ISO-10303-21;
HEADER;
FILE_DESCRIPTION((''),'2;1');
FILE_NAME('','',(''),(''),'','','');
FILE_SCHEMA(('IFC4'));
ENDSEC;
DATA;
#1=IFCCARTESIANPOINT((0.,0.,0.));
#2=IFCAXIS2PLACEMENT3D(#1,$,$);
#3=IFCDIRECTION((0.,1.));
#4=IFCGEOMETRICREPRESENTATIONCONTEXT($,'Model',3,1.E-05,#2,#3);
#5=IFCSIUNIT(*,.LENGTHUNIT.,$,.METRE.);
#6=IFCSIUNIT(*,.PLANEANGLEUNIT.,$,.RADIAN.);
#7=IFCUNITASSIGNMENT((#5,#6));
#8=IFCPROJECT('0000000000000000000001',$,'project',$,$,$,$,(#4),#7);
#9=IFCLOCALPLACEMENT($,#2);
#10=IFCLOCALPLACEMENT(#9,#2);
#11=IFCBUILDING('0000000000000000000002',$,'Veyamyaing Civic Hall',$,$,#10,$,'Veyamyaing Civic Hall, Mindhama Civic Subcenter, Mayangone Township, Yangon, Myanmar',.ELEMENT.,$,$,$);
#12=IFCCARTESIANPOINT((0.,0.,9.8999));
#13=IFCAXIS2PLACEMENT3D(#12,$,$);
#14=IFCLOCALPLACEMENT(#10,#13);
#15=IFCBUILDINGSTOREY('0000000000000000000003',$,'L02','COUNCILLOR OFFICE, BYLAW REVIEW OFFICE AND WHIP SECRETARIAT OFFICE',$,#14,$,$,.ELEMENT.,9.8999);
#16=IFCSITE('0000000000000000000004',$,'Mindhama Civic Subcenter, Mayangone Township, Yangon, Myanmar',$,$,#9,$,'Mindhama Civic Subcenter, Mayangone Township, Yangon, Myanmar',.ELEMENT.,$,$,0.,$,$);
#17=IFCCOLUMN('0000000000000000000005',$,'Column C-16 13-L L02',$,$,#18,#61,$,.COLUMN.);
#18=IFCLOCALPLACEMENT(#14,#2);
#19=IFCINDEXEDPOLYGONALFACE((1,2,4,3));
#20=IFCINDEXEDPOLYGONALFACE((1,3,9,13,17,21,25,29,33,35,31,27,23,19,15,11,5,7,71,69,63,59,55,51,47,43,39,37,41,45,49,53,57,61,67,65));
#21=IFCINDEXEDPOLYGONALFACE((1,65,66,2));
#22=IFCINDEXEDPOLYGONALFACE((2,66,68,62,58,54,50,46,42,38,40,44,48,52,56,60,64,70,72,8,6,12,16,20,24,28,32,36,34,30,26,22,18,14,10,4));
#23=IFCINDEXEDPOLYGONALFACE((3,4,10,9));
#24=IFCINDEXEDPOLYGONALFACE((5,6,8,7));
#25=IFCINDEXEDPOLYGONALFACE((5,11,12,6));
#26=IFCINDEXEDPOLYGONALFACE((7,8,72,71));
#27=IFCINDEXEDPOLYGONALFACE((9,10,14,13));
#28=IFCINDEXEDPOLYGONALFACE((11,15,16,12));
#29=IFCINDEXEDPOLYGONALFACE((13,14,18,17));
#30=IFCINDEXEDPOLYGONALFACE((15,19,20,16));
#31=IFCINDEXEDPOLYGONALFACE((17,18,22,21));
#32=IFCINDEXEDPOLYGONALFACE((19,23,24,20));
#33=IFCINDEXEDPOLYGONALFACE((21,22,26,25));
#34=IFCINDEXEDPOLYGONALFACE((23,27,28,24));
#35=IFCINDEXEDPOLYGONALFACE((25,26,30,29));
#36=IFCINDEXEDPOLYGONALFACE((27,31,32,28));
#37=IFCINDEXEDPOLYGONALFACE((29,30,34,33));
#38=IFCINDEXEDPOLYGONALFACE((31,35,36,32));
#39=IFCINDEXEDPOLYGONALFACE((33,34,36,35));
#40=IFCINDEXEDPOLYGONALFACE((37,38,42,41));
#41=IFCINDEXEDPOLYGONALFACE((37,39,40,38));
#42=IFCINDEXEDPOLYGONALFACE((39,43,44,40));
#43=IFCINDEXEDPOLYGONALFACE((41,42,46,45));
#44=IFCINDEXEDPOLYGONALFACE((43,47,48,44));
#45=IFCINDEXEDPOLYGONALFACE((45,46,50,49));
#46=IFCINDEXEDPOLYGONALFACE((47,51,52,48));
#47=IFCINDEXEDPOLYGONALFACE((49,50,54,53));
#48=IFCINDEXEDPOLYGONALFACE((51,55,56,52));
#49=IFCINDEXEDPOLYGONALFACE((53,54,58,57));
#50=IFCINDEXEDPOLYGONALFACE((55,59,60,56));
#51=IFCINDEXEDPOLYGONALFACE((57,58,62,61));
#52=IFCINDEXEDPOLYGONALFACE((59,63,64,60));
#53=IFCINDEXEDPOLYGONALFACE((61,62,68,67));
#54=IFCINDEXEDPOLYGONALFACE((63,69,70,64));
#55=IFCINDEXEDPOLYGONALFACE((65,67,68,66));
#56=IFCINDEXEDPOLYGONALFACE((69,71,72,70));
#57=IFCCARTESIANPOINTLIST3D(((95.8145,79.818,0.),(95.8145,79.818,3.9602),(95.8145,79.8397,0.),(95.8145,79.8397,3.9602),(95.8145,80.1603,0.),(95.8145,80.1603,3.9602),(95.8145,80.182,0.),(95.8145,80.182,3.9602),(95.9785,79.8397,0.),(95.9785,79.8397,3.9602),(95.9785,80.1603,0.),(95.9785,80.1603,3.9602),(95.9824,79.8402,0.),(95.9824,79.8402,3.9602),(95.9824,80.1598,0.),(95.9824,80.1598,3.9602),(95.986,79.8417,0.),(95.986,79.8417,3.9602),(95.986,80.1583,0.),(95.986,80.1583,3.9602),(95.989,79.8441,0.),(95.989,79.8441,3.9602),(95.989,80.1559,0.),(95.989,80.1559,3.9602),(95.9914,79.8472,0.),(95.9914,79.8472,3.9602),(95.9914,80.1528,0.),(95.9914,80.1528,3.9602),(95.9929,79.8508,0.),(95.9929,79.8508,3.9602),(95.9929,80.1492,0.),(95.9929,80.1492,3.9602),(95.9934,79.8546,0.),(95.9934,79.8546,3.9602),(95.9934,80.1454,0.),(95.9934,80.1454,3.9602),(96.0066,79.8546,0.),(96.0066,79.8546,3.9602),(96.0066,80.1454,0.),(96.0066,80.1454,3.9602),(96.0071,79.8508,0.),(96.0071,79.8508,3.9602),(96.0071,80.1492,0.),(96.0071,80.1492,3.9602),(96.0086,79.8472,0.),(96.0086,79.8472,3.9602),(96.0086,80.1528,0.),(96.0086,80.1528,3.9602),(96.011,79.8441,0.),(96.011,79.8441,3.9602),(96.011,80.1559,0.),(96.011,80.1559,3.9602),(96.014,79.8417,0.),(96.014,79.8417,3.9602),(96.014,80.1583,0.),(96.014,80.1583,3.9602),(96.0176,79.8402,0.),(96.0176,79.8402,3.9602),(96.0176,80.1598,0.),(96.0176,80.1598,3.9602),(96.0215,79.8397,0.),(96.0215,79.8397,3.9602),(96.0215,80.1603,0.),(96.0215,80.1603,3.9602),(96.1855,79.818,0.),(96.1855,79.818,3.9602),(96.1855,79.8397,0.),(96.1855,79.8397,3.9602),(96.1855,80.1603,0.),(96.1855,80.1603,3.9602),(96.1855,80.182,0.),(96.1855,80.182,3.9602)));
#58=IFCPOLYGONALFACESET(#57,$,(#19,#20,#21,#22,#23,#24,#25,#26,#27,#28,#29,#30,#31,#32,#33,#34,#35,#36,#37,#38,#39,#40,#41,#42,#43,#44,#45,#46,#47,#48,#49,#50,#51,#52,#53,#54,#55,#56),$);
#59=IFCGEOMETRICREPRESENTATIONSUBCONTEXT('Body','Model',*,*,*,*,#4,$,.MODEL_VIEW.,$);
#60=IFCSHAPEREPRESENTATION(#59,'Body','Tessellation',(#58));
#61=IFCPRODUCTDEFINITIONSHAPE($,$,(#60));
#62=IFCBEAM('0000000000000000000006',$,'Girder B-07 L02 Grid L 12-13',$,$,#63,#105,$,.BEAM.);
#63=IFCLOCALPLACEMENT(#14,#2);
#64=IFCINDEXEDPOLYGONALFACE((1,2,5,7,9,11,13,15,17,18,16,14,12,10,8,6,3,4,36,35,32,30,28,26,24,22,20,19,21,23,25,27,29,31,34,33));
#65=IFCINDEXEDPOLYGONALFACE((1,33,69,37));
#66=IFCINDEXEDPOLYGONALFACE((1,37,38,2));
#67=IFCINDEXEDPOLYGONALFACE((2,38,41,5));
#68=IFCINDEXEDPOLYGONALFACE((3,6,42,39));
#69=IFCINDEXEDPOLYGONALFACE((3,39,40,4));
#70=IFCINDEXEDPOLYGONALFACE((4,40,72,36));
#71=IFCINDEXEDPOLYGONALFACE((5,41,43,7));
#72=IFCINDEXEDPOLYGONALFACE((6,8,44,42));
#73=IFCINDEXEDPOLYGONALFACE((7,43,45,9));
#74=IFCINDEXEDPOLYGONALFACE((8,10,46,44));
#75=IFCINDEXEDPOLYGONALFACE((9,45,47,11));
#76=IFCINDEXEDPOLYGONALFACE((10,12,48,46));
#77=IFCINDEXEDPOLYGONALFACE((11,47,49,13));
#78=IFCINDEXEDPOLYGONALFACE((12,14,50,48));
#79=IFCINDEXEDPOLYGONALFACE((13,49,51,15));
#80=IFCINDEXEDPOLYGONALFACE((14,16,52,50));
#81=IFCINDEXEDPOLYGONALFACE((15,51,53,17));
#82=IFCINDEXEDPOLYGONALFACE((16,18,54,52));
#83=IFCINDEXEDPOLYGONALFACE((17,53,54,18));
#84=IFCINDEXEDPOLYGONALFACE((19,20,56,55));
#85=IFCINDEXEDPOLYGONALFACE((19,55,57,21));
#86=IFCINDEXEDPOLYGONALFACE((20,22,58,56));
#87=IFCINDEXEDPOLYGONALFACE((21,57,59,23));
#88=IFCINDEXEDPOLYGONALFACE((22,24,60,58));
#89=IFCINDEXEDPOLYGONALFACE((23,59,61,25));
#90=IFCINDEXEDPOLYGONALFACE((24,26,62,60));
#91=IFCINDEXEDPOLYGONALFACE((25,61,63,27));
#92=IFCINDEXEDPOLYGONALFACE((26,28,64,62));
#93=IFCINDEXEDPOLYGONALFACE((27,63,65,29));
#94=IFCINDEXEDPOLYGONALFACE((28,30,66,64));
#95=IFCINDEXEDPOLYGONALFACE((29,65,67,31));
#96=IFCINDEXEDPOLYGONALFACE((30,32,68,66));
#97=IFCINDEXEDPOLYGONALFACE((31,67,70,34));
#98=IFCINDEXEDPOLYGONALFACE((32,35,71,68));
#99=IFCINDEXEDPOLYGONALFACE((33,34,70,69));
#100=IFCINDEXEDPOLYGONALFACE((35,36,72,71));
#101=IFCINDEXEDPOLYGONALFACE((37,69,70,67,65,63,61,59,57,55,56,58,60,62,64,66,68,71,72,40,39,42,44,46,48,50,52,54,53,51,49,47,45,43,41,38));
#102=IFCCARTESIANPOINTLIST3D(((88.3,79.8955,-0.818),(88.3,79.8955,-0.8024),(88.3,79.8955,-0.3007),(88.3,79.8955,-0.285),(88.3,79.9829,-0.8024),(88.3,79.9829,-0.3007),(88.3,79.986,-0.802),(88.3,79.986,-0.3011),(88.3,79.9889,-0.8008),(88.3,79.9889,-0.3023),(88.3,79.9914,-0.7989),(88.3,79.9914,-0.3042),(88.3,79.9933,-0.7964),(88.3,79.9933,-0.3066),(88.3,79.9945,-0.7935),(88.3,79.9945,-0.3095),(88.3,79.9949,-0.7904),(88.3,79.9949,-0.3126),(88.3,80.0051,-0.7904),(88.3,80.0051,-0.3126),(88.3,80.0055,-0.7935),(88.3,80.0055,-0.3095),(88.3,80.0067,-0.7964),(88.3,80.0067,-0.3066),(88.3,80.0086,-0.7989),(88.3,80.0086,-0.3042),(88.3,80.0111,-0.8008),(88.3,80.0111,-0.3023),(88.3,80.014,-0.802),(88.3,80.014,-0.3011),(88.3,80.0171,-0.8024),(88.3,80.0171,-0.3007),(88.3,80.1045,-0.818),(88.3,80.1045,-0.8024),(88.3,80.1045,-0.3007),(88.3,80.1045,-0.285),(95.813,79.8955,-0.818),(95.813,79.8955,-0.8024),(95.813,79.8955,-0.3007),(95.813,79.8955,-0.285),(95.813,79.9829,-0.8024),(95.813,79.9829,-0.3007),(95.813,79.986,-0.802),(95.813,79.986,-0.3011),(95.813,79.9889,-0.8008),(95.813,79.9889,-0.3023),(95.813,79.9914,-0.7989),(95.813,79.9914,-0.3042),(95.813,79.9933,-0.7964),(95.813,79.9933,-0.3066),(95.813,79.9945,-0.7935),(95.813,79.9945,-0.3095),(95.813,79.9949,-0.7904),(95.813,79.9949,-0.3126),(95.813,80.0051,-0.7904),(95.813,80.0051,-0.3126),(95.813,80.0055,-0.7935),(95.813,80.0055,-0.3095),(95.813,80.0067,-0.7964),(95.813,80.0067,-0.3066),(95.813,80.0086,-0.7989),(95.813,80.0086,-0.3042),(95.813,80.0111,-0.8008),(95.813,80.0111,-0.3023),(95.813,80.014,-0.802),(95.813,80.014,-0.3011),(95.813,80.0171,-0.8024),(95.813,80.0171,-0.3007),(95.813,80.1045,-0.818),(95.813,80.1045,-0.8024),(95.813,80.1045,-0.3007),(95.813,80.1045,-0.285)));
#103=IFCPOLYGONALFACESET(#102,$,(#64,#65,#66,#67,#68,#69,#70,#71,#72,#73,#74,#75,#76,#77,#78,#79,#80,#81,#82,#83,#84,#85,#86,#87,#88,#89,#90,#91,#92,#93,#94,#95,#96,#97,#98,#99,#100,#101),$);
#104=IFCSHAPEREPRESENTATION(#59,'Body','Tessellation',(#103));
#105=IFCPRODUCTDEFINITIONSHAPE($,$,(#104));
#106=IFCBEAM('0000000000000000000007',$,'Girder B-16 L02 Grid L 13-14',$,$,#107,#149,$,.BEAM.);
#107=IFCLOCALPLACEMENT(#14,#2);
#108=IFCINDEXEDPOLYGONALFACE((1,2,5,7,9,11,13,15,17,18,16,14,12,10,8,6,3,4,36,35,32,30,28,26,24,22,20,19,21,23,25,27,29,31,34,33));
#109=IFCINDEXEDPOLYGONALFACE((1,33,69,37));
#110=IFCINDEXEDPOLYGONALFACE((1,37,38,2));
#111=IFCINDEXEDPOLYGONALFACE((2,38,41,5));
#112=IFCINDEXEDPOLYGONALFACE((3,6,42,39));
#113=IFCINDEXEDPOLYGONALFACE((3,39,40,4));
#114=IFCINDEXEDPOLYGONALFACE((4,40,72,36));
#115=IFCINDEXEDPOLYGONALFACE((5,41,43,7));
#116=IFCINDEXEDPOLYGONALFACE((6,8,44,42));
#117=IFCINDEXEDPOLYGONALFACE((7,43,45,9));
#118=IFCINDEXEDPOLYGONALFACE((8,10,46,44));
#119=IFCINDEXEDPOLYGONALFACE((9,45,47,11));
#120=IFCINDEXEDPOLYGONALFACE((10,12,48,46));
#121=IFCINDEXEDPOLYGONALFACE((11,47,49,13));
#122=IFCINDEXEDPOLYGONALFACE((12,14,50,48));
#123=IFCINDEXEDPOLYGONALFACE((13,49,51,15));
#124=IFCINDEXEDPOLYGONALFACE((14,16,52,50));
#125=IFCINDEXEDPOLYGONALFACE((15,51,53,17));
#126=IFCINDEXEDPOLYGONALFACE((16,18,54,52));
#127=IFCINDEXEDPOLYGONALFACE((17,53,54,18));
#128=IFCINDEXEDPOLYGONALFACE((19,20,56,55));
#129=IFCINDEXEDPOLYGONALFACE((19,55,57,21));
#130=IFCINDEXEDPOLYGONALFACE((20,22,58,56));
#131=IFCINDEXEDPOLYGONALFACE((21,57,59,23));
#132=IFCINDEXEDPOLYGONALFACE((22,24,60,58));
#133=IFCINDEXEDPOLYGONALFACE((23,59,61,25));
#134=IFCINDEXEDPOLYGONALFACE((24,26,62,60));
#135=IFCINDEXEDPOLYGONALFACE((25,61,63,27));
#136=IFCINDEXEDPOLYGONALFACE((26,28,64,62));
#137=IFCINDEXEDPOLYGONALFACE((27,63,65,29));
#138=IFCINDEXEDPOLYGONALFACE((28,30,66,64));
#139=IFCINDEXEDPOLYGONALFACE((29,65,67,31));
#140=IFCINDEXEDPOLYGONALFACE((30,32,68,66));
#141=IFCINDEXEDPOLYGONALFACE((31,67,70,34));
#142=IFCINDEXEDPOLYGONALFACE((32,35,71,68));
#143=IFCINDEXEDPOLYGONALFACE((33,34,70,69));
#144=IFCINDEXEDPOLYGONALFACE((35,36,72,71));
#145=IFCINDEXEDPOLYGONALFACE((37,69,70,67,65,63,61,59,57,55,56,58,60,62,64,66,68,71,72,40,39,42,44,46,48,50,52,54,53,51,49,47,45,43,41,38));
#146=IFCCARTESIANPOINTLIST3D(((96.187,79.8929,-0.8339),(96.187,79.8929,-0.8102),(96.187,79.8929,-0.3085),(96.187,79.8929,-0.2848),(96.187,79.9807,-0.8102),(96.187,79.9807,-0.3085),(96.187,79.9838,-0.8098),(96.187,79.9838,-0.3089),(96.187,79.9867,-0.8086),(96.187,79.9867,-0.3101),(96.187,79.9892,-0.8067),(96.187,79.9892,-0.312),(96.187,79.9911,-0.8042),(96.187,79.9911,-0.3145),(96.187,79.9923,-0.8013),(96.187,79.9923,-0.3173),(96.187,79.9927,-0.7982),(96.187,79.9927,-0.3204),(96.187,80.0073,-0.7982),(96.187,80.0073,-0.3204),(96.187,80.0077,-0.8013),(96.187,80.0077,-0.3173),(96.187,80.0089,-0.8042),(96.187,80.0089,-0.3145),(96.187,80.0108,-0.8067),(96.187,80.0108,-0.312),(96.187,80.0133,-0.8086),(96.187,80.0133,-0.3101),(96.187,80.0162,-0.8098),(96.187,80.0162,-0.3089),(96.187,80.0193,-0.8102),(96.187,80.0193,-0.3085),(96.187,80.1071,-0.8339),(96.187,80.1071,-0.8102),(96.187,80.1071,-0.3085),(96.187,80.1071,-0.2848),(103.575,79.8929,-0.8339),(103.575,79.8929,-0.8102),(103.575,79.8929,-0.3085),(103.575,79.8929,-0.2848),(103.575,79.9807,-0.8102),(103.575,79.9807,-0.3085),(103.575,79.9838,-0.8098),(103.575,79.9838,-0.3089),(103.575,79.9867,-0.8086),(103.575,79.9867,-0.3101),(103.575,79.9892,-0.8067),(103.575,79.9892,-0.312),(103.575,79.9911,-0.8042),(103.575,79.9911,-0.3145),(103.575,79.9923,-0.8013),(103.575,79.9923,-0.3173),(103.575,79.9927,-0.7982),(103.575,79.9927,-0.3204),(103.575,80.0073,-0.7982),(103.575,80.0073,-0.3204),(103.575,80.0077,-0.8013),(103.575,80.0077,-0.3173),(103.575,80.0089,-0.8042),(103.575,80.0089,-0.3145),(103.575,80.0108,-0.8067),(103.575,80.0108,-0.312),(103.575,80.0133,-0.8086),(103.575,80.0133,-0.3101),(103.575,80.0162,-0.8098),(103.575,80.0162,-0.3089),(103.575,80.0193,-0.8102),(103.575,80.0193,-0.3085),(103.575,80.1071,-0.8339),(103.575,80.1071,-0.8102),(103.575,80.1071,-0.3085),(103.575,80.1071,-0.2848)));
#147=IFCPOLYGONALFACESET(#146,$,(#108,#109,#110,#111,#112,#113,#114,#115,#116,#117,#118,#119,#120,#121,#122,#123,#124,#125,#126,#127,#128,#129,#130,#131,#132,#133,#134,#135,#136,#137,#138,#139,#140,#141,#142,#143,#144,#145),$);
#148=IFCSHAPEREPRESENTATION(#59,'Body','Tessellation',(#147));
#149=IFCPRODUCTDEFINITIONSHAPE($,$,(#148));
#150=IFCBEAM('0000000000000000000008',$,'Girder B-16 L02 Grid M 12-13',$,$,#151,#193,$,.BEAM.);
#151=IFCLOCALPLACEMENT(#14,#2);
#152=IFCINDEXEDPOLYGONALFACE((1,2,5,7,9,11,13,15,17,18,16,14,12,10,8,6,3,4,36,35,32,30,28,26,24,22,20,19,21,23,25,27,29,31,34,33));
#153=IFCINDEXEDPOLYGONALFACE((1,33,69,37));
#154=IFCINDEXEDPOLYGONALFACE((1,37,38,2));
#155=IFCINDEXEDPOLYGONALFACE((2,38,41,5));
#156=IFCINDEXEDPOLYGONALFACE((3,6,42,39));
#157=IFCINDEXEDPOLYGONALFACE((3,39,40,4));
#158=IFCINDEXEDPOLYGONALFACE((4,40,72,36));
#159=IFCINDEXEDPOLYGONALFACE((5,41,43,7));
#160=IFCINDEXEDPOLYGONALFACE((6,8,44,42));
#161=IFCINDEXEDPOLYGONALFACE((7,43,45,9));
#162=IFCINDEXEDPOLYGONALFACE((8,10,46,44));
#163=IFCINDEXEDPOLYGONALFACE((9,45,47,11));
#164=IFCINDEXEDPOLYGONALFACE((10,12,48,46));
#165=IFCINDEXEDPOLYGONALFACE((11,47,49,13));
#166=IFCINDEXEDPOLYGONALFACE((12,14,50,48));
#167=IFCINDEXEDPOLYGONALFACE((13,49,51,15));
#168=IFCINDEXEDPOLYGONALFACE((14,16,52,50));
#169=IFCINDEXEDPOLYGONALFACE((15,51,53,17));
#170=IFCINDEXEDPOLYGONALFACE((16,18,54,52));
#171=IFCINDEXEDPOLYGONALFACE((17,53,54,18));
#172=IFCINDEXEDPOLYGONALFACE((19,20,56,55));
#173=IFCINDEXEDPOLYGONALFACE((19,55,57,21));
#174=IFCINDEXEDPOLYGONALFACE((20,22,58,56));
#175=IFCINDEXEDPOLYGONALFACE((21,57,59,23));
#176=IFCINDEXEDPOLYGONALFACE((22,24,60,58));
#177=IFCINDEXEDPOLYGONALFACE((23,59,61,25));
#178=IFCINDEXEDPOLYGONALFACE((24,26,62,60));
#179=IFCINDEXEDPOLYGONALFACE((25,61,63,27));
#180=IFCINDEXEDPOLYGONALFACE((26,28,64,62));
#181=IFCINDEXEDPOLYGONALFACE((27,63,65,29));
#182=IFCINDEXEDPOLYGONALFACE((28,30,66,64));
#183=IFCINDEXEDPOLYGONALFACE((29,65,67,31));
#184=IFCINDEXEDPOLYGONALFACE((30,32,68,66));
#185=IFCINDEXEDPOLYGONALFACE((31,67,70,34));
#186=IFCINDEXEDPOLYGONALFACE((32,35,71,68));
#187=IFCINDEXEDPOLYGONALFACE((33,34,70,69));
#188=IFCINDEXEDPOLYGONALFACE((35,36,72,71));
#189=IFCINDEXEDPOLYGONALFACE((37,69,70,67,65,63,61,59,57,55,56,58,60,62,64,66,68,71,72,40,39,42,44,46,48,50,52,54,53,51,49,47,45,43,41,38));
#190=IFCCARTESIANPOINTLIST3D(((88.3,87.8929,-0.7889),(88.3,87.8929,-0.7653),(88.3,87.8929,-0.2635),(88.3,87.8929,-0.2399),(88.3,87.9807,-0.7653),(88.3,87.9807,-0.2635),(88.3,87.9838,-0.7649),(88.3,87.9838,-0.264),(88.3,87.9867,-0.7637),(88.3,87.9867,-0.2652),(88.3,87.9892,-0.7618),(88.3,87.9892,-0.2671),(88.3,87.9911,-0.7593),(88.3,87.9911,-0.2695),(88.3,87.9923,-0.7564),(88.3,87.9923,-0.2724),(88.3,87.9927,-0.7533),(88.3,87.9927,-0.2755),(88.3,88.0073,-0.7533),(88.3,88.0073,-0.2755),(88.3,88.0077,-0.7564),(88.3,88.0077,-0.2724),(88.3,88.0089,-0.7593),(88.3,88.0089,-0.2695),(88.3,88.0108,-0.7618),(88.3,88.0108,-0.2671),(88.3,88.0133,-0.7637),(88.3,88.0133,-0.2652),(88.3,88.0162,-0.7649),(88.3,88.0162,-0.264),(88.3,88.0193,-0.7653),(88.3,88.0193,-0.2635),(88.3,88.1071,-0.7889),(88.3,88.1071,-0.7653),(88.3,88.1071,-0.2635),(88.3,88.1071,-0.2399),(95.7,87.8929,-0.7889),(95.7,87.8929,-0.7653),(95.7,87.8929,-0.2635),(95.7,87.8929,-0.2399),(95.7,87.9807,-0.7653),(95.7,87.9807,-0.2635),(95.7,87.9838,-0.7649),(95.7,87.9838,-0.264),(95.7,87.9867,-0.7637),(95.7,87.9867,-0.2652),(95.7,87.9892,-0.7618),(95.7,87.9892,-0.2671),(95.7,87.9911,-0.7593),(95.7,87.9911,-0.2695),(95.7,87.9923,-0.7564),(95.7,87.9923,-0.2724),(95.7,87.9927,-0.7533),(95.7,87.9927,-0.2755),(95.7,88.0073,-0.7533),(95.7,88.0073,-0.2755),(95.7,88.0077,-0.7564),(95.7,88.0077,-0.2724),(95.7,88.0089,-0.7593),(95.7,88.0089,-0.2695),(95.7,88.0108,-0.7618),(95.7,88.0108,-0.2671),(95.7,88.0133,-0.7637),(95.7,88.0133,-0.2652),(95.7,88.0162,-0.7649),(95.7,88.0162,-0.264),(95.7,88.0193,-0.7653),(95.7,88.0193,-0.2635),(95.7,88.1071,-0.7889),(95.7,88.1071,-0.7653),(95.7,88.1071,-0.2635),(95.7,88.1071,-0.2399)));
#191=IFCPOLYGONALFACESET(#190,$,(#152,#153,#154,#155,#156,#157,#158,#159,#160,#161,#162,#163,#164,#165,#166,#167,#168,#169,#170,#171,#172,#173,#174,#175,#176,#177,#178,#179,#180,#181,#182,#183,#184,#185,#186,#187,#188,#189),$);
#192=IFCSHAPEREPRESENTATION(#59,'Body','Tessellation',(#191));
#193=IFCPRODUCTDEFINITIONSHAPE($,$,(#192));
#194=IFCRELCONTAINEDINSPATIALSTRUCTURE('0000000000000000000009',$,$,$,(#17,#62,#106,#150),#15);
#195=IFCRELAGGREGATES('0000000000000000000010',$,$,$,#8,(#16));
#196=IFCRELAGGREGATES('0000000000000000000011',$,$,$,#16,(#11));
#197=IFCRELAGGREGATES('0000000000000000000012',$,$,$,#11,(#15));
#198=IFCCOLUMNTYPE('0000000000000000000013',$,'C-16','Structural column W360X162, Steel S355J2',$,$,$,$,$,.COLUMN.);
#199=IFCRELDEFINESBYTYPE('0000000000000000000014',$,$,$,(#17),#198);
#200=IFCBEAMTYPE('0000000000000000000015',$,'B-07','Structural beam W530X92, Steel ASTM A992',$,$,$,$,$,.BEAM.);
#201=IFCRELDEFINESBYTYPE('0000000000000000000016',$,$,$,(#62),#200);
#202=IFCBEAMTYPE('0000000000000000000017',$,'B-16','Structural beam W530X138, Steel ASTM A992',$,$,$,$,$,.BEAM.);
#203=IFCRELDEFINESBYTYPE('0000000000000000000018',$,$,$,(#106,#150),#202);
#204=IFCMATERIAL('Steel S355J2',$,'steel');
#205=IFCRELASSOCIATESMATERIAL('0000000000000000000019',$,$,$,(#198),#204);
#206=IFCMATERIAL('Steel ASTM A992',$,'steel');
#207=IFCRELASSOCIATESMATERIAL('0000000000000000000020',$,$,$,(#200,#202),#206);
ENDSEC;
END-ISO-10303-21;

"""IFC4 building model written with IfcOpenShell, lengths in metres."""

from ifc_helpers import new_model, si_unit, direction, frame, origin, origin_2d, place, context, subcontext, project, spatial, i_section, extrude, material, material_profile, profile_set, type_object, element, save


model = new_model("IFC4")

# Units and contexts
model_context = context("Model", 3, precision=1e-05, world=origin(), true_north=direction((0.0, 1.0)))
body_context = subcontext(model_context, "Body", "Model", "MODEL_VIEW")
ifc_project = project(units=[si_unit("LENGTHUNIT", "METRE"), si_unit("PLANEANGLEUNIT", "RADIAN")], contexts=[model_context])

# Site, building, storey
site_placement = place(None, origin())
site = spatial("IfcSite", under=ifc_project, at=site_placement, Name="Mindhama Civic Subcenter, Mayangone Township, Yangon, Myanmar", LongName="Mindhama Civic Subcenter, Mayangone Township, Yangon, Myanmar", CompositionType="ELEMENT", RefElevation=0.0)
building_placement = place(site_placement, origin())
building = spatial("IfcBuilding", under=site, at=building_placement, Name="Veyamyaing Civic Hall", LongName="Veyamyaing Civic Hall, Mindhama Civic Subcenter, Mayangone Township, Yangon, Myanmar", CompositionType="ELEMENT")
storey_placement = place(building_placement, frame((0.0, 0.0, 9.8999)))
storey = spatial("IfcBuildingStorey", under=building, at=storey_placement, Name="L02", Description="COUNCILLOR OFFICE, BYLAW REVIEW OFFICE AND WHIP SECRETARIAT OFFICE", CompositionType="ELEMENT", Elevation=9.8999)

# Column
ifc_material_1 = material(Name="Steel S355J2", Category="steel")
ifc_material_profile_1 = material_profile(ifc_material_1, i_section(OverallWidth=0.3711, OverallDepth=0.364, WebThickness=0.0132, FlangeThickness=0.0217, FilletRadius=0.0149, at=origin_2d()), Name="W360X162")
ifc_profile_set_1 = profile_set([ifc_material_profile_1], Name="Steel S355J2")
column_type = type_object("IfcColumnType", Name="C-16", Description="Structural column W360X162, Steel S355J2", PredefinedType="COLUMN", material=ifc_profile_set_1)
column_placement = place(storey_placement, frame((96.0, 80.0, 0.0), z_axis=(0.0, 0.0, 1.0), x_axis=(1.0, 0.0, 0.0)))
element("IfcColumn", 1, at=column_placement, inside=storey, type_object=column_type, Name="Column C-16 13-L L02", PredefinedType="COLUMN", context=body_context, shape_type="SweptSolid", body=[
    extrude(i_section(OverallWidth=0.3711, OverallDepth=0.364, WebThickness=0.0132, FlangeThickness=0.0217, FilletRadius=0.0149, at=origin_2d()), origin(), (0.0, 0.0, 1.0), 3.9602),
])

# Beams
ifc_material_2 = material(Name="Steel ASTM A992", Category="steel")
ifc_material_profile_2 = material_profile(ifc_material_2, i_section(OverallWidth=0.209, OverallDepth=0.533, WebThickness=0.0103, FlangeThickness=0.0156, FilletRadius=0.012, at=origin_2d()), Name="W530X92")
ifc_profile_set_2 = profile_set([ifc_material_profile_2], Name="Steel ASTM A992")
beam_type_1 = type_object("IfcBeamType", Name="B-07", Description="Structural beam W530X92, Steel ASTM A992", PredefinedType="BEAM", material=ifc_profile_set_2)
beam_1_placement = place(storey_placement, frame((88.3, 80.0, -0.5515), z_axis=(1.0, 0.0, 0.0), x_axis=(0.0, 1.0, 0.0)))
element("IfcBeam", 2, at=beam_1_placement, inside=storey, type_object=beam_type_1, Name="Girder B-07 L02 Grid L 12-13", PredefinedType="BEAM", context=body_context, shape_type="SweptSolid", body=[
    extrude(i_section(OverallWidth=0.209, OverallDepth=0.533, WebThickness=0.0103, FlangeThickness=0.0156, FilletRadius=0.012, at=origin_2d()), origin(), (0.0, 0.0, 1.0), 7.5129),
])
ifc_material_profile_3 = material_profile(ifc_material_2, i_section(OverallWidth=0.2141, OverallDepth=0.5491, WebThickness=0.0146, FlangeThickness=0.0237, FilletRadius=0.012, at=origin_2d()), Name="W530X138")
ifc_profile_set_3 = profile_set([ifc_material_profile_3], Name="Steel ASTM A992")
beam_type_2 = type_object("IfcBeamType", Name="B-16", Description="Structural beam W530X138, Steel ASTM A992", PredefinedType="BEAM", material=ifc_profile_set_3)
beam_2_placement = place(storey_placement, frame((96.187, 80.0, -0.5593), z_axis=(1.0, 0.0, 0.0), x_axis=(0.0, 1.0, 0.0)))
element("IfcBeam", 3, at=beam_2_placement, inside=storey, type_object=beam_type_2, Name="Girder B-16 L02 Grid L 13-14", PredefinedType="BEAM", context=body_context, shape_type="SweptSolid", body=[
    extrude(i_section(OverallWidth=0.2141, OverallDepth=0.5491, WebThickness=0.0146, FlangeThickness=0.0237, FilletRadius=0.012, at=origin_2d()), origin(), (0.0, 0.0, 1.0), 7.3879),
])
beam_3_placement = place(storey_placement, frame((88.3, 88.0, -0.5144), z_axis=(1.0, 0.0, 0.0), x_axis=(0.0, 1.0, 0.0)))
element("IfcBeam", 4, at=beam_3_placement, inside=storey, type_object=beam_type_2, Name="Girder B-16 L02 Grid M 12-13", PredefinedType="BEAM", context=body_context, shape_type="SweptSolid", body=[
    extrude(i_section(OverallWidth=0.2141, OverallDepth=0.5491, WebThickness=0.0146, FlangeThickness=0.0237, FilletRadius=0.012, at=origin_2d()), origin(), (0.0, 0.0, 1.0), 7.3999),
])

save(model, "model.ifc")
